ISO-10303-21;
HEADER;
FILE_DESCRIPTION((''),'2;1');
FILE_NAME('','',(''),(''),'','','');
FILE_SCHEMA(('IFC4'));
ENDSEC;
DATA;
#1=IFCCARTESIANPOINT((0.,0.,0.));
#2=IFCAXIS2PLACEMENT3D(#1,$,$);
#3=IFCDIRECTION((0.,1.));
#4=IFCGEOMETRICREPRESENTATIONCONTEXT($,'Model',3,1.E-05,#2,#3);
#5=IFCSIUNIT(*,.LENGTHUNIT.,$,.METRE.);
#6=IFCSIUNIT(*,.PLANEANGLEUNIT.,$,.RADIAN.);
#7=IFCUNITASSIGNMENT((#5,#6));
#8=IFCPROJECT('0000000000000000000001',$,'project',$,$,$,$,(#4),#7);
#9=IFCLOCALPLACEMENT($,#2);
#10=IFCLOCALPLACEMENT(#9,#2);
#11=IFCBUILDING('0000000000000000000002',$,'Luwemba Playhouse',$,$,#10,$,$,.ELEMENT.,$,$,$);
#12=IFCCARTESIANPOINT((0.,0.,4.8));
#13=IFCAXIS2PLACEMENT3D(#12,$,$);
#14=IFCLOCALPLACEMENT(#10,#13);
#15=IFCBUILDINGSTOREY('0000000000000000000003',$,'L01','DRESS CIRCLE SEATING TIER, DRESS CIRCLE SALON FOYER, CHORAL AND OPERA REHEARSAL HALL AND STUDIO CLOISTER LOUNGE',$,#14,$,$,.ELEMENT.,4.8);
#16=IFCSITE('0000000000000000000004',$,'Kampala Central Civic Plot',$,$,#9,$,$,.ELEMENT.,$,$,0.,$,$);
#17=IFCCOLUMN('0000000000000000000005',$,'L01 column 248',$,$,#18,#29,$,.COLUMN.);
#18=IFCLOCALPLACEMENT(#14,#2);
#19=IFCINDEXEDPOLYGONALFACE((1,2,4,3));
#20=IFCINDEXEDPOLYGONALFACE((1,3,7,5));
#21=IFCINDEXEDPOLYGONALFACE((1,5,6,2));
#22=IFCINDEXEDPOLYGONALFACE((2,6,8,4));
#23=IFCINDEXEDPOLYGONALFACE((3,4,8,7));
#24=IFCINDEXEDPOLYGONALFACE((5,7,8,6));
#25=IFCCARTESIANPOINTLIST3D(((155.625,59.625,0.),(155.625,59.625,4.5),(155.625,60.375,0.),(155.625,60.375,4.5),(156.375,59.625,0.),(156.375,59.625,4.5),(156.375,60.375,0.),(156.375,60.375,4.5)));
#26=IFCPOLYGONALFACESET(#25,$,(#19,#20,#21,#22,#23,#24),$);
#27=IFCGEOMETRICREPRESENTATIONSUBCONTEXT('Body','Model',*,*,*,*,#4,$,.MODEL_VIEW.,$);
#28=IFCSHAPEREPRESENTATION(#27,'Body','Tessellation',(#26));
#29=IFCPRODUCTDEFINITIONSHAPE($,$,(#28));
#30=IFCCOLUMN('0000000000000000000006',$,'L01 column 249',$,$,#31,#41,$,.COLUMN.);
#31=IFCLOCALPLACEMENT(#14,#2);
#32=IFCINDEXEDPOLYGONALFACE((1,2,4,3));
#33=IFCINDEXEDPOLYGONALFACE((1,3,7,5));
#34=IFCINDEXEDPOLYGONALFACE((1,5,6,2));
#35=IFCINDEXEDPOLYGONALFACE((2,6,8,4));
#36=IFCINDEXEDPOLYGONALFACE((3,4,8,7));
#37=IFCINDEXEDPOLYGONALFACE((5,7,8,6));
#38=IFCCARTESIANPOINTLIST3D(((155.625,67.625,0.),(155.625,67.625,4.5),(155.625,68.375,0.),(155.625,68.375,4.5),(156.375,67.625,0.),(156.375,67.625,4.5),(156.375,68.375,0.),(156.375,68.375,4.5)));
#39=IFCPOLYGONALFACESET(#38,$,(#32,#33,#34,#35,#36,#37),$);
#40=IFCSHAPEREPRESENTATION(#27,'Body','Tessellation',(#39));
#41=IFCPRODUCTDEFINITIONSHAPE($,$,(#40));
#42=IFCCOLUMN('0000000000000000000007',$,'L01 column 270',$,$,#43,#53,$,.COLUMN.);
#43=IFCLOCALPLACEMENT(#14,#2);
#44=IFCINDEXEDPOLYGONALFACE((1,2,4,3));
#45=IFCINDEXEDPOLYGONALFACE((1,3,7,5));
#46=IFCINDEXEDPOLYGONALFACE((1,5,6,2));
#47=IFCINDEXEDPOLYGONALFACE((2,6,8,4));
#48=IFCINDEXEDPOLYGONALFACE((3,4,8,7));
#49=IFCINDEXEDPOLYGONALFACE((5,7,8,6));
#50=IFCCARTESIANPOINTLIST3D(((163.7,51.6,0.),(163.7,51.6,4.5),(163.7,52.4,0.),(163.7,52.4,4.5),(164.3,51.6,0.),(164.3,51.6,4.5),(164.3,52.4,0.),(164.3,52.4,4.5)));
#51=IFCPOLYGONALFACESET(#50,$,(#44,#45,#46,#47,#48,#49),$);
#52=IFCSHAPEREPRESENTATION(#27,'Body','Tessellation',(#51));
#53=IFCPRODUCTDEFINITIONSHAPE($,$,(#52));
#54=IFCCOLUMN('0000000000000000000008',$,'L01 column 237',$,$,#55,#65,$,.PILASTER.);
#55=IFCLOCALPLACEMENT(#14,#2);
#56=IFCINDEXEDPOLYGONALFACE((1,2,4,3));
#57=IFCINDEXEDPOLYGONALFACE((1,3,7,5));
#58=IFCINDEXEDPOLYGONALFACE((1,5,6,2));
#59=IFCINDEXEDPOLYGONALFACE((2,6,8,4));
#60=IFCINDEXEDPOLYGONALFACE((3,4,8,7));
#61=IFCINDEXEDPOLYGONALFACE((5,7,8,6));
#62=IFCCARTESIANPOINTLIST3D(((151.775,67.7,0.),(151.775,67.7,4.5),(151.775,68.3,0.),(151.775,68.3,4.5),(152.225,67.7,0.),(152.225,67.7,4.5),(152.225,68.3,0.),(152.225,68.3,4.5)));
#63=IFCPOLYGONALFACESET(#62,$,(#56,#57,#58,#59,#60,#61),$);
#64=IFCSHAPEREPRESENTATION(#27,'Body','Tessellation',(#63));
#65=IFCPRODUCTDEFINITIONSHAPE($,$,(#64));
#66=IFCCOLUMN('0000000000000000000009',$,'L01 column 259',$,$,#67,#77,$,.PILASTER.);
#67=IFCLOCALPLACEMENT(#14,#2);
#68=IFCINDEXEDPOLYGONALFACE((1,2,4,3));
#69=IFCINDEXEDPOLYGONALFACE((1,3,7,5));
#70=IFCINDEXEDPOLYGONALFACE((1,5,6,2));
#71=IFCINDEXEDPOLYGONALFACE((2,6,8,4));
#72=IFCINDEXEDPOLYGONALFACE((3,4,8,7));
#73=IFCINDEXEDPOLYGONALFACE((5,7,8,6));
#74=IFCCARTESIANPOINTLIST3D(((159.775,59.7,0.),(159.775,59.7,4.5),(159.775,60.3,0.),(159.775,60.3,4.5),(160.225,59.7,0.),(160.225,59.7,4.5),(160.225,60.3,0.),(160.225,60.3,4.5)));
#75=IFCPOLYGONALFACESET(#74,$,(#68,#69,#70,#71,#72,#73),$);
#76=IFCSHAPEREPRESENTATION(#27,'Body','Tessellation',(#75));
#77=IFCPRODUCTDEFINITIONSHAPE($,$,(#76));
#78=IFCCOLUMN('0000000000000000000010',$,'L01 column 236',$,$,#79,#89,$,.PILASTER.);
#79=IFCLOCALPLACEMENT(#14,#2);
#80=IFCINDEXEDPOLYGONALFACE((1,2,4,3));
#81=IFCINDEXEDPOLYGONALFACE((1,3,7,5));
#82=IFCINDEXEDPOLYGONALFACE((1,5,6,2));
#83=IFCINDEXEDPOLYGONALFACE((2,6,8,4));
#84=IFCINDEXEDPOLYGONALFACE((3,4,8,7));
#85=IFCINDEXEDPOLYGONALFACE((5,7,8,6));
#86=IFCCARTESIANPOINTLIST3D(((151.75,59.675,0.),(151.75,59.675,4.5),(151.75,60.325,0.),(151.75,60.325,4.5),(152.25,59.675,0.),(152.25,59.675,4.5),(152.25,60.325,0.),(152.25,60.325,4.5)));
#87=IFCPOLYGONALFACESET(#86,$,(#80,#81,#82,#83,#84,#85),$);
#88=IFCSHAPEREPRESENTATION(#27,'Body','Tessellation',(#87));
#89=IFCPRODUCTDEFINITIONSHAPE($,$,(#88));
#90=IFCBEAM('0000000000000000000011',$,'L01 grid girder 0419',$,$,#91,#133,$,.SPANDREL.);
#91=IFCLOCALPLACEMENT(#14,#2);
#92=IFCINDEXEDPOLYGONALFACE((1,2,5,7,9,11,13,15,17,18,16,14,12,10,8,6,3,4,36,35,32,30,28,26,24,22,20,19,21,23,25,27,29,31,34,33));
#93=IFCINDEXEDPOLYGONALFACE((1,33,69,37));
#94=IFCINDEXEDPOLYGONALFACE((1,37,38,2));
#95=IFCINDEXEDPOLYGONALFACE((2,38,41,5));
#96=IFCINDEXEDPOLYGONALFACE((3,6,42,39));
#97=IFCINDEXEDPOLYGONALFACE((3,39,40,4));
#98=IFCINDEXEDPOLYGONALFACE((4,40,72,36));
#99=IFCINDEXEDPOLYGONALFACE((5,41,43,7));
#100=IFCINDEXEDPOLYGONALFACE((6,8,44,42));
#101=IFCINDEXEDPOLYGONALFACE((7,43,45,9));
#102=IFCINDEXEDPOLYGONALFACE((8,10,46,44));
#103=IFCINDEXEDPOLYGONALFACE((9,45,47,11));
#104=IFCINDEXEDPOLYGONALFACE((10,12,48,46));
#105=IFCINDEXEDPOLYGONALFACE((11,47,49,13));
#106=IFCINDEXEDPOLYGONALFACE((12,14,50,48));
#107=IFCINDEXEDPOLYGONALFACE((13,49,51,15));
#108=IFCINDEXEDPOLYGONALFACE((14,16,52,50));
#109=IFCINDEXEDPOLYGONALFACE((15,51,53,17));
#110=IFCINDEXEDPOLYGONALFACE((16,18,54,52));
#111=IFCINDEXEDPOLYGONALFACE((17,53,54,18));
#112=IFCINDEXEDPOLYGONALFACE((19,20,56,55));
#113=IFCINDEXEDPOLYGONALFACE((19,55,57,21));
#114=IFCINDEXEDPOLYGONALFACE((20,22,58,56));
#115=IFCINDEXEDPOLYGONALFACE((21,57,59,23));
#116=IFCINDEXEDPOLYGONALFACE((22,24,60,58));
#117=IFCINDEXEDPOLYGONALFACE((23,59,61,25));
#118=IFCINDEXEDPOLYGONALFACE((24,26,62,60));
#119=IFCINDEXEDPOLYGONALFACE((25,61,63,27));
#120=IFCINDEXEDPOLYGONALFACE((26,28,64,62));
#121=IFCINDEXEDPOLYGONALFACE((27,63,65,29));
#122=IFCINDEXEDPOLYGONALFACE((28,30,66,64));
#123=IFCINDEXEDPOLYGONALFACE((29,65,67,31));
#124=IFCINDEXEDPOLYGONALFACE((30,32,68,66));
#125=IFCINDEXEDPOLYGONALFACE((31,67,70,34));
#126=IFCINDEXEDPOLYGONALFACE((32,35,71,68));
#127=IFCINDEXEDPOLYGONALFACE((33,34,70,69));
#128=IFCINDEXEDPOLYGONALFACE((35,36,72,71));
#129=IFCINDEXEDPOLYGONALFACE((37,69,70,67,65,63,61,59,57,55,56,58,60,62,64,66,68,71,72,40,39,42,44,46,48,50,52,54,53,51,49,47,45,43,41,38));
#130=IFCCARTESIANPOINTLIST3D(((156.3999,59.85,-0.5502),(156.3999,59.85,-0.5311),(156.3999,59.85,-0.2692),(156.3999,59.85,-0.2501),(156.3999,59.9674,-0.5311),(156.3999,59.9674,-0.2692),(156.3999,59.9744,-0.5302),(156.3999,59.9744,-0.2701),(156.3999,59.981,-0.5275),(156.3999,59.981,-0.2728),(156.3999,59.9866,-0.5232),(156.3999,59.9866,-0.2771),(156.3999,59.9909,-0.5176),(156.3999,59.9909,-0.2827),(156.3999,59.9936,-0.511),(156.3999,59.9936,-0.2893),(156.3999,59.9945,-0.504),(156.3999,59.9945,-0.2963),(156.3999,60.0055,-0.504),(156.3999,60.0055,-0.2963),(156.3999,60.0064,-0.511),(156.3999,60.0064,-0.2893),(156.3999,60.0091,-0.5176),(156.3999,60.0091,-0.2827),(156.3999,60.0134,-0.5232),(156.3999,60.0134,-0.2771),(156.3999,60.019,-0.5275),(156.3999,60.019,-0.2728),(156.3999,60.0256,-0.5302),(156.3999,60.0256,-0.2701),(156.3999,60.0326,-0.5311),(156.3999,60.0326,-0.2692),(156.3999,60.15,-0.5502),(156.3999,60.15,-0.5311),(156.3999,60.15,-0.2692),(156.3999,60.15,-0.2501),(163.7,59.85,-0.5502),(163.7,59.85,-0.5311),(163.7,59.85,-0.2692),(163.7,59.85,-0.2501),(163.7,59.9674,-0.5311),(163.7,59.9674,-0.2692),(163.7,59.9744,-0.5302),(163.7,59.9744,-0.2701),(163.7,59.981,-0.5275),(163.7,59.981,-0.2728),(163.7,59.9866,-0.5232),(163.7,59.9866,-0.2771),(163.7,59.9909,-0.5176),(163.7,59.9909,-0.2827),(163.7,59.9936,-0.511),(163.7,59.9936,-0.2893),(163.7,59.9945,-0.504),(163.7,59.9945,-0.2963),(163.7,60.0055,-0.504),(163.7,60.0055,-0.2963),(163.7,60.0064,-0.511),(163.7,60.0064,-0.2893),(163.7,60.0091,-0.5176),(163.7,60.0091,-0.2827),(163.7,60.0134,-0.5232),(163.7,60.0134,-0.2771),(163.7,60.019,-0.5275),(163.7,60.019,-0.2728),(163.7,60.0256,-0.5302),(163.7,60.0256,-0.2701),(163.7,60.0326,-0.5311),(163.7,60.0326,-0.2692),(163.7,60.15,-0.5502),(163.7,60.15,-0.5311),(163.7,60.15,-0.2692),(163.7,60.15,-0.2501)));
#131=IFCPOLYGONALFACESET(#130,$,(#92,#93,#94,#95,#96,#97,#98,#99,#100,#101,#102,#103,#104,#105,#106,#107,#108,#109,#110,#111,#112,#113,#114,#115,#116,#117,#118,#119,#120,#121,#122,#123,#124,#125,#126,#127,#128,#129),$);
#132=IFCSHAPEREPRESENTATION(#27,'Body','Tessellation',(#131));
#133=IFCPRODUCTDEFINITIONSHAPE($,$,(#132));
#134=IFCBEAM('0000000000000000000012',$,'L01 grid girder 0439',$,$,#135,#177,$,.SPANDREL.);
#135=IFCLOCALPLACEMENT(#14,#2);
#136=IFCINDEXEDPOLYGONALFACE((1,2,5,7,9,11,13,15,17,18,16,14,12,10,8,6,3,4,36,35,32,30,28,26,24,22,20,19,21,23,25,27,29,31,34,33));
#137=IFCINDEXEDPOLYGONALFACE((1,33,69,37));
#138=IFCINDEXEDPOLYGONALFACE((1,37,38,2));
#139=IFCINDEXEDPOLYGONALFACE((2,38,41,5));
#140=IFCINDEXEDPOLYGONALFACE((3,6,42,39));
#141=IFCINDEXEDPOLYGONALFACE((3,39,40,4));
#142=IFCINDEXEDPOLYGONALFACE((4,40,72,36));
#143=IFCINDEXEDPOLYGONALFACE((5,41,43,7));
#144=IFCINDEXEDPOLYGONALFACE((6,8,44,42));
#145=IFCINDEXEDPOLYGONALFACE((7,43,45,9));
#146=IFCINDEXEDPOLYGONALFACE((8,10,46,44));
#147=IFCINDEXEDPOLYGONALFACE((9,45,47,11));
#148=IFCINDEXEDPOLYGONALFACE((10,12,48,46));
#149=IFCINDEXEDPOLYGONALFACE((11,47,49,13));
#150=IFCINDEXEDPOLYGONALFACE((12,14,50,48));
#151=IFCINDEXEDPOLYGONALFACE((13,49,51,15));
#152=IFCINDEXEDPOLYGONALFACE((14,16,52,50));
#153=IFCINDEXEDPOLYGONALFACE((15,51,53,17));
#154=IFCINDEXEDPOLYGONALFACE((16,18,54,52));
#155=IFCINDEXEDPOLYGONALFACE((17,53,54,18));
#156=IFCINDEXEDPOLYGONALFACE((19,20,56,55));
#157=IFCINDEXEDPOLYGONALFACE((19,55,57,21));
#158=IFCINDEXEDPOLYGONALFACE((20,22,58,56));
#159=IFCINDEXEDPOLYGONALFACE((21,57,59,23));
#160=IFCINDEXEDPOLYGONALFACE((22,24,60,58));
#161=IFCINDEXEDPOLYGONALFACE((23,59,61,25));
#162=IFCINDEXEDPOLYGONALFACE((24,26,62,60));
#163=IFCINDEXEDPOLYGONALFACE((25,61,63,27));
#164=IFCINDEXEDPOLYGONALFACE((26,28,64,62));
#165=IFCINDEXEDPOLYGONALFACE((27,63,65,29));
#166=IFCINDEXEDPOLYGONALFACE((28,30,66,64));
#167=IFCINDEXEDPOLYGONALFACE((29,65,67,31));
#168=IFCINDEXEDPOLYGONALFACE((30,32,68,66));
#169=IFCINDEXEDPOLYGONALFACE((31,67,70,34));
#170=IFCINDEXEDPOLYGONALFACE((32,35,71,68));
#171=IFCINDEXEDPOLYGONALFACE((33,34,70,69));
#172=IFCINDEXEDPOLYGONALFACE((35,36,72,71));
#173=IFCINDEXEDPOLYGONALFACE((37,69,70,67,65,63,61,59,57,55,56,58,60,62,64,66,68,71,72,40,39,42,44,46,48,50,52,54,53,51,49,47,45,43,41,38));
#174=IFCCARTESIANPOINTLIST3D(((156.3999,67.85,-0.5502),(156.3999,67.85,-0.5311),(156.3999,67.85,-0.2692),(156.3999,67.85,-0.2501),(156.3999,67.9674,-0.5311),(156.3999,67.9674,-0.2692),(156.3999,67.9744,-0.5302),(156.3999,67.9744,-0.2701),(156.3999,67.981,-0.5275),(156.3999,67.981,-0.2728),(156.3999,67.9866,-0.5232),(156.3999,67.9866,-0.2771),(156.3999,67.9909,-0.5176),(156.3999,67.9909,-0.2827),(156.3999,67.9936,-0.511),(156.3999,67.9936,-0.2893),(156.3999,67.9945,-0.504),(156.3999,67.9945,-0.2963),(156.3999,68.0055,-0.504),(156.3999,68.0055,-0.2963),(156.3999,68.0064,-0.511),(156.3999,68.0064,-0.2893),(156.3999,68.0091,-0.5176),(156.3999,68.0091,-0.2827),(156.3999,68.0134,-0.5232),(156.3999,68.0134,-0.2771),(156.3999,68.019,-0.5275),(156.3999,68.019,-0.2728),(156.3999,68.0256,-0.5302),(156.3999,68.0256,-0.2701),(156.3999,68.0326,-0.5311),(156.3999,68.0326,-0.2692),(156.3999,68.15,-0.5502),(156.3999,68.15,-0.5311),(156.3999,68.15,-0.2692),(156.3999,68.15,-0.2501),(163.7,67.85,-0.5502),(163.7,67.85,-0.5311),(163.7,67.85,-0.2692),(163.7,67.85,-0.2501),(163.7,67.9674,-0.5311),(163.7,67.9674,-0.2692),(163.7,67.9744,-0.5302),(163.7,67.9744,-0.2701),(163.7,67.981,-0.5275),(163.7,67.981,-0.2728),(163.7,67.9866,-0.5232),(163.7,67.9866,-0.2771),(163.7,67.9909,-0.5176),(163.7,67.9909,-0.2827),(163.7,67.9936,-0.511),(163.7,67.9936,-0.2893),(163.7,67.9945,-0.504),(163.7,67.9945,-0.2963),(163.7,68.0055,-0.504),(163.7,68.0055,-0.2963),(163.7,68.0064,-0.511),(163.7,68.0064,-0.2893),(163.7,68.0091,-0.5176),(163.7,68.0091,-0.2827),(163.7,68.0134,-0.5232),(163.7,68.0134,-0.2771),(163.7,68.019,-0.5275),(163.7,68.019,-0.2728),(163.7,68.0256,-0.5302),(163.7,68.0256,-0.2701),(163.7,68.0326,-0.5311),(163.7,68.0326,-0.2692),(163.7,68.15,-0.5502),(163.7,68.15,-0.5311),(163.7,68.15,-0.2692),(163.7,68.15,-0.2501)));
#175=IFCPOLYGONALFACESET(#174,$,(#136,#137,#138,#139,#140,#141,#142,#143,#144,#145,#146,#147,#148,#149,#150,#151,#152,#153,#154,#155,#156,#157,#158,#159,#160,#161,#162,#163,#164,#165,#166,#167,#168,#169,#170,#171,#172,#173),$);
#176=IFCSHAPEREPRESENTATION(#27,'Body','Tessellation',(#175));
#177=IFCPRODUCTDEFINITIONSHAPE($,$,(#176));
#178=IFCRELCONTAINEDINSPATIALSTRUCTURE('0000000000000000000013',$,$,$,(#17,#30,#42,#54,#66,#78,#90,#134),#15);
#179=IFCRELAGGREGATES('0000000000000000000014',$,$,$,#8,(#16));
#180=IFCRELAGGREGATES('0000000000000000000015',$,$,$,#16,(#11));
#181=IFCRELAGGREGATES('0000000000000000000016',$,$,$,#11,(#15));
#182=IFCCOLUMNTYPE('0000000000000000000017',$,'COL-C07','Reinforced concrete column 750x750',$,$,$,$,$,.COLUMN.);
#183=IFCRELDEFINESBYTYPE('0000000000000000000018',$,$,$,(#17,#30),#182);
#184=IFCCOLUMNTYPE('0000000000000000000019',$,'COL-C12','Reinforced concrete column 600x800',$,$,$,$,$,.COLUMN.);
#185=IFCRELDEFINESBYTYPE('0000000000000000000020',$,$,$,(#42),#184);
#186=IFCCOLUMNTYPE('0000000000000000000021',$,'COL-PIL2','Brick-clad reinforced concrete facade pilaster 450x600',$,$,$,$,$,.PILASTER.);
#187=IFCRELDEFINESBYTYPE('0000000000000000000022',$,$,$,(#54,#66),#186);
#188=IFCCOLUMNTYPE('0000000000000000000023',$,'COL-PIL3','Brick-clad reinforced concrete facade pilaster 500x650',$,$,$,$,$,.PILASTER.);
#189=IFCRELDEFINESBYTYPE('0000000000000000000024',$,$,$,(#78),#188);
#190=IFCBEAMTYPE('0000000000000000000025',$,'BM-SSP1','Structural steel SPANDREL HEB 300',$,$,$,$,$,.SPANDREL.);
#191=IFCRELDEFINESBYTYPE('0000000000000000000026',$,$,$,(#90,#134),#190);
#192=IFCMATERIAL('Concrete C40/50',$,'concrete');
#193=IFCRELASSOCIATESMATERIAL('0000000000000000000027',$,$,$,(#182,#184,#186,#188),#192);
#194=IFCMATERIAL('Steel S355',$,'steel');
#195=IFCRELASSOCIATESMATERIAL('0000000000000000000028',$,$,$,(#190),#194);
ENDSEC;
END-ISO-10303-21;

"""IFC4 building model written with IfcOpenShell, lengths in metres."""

from ifc_helpers import new_model, si_unit, direction, frame, origin, origin_2d, place, context, subcontext, project, spatial, rectangle, i_section, extrude, material, material_profile, profile_set, type_object, element, save


model = new_model("IFC4")

# Units and contexts
model_context = context("Model", 3, precision=1e-05, world=origin(), true_north=direction((0.0, 1.0)))
body_context = subcontext(model_context, "Body", "Model", "MODEL_VIEW")
ifc_project = project(units=[si_unit("LENGTHUNIT", "METRE"), si_unit("PLANEANGLEUNIT", "RADIAN")], contexts=[model_context])

# Site, building, storey
site_placement = place(None, origin())
site = spatial("IfcSite", under=ifc_project, at=site_placement, Name="Kampala Central Civic Plot", CompositionType="ELEMENT", RefElevation=0.0)
building_placement = place(site_placement, origin())
building = spatial("IfcBuilding", under=site, at=building_placement, Name="Luwemba Playhouse", CompositionType="ELEMENT")
storey_placement = place(building_placement, frame((0.0, 0.0, 4.8)))
storey = spatial("IfcBuildingStorey", under=building, at=storey_placement, Name="L01", Description="DRESS CIRCLE SEATING TIER, DRESS CIRCLE SALON FOYER, CHORAL AND OPERA REHEARSAL HALL AND STUDIO CLOISTER LOUNGE", CompositionType="ELEMENT", Elevation=4.8)

# Columns
ifc_material_1 = material(Name="Concrete C40/50", Category="concrete")
ifc_material_profile_1 = material_profile(ifc_material_1, rectangle(XDim=0.75, YDim=0.75, at=origin_2d()))
ifc_profile_set_1 = profile_set([ifc_material_profile_1], Name="Concrete C40/50")
column_type_1 = type_object("IfcColumnType", Name="COL-C07", Description="Reinforced concrete column 750x750", PredefinedType="COLUMN", material=ifc_profile_set_1)
for number, where, z_axis, x_axis, name in (
    (1, (156.0, 60.0, 0.0), (0.0, 0.0, 1.0), (1.0, 0.0, 0.0), "L01 column 248"),
    (2, (156.0, 68.0, 0.0), (0.0, 0.0, 1.0), (1.0, 0.0, 0.0), "L01 column 249"),
):
    element("IfcColumn", number, at=place(storey_placement, frame(where, z_axis=z_axis, x_axis=x_axis)), inside=storey, type_object=column_type_1, Name=name, PredefinedType="COLUMN", context=body_context, shape_type="SweptSolid", body=[
        extrude(rectangle(XDim=0.75, YDim=0.75, at=origin_2d()), origin(), (0.0, 0.0, 1.0), 4.5),
    ])
ifc_material_profile_2 = material_profile(ifc_material_1, rectangle(XDim=0.6001, YDim=0.8, at=origin_2d()))
ifc_profile_set_2 = profile_set([ifc_material_profile_2], Name="Concrete C40/50")
column_type_2 = type_object("IfcColumnType", Name="COL-C12", Description="Reinforced concrete column 600x800", PredefinedType="COLUMN", material=ifc_profile_set_2)
column_1_placement = place(storey_placement, frame((164.0, 52.0, 0.0), z_axis=(0.0, 0.0, 1.0), x_axis=(1.0, 0.0, 0.0)))
element("IfcColumn", 3, at=column_1_placement, inside=storey, type_object=column_type_2, Name="L01 column 270", PredefinedType="COLUMN", context=body_context, shape_type="SweptSolid", body=[
    extrude(rectangle(XDim=0.6001, YDim=0.8, at=origin_2d()), origin(), (0.0, 0.0, 1.0), 4.5),
])
ifc_material_profile_3 = material_profile(ifc_material_1, rectangle(XDim=0.45, YDim=0.6001, at=origin_2d()))
ifc_profile_set_3 = profile_set([ifc_material_profile_3], Name="Concrete C40/50")
column_type_3 = type_object("IfcColumnType", Name="COL-PIL2", Description="Brick-clad reinforced concrete facade pilaster 450x600", PredefinedType="PILASTER", material=ifc_profile_set_3)
for number, where, z_axis, x_axis, name in (
    (4, (152.0, 68.0, 0.0), (0.0, 0.0, 1.0), (1.0, 0.0, 0.0), "L01 column 237"),
    (5, (160.0, 60.0, 0.0), (0.0, 0.0, 1.0), (1.0, 0.0, 0.0), "L01 column 259"),
):
    element("IfcColumn", number, at=place(storey_placement, frame(where, z_axis=z_axis, x_axis=x_axis)), inside=storey, type_object=column_type_3, Name=name, PredefinedType="PILASTER", context=body_context, shape_type="SweptSolid", body=[
        extrude(rectangle(XDim=0.45, YDim=0.6001, at=origin_2d()), origin(), (0.0, 0.0, 1.0), 4.5),
    ])
ifc_material_profile_4 = material_profile(ifc_material_1, rectangle(XDim=0.5, YDim=0.6499, at=origin_2d()))
ifc_profile_set_4 = profile_set([ifc_material_profile_4], Name="Concrete C40/50")
column_type_4 = type_object("IfcColumnType", Name="COL-PIL3", Description="Brick-clad reinforced concrete facade pilaster 500x650", PredefinedType="PILASTER", material=ifc_profile_set_4)
column_2_placement = place(storey_placement, frame((152.0, 60.0, 0.0), z_axis=(0.0, 0.0, 1.0), x_axis=(1.0, 0.0, 0.0)))
element("IfcColumn", 6, at=column_2_placement, inside=storey, type_object=column_type_4, Name="L01 column 236", PredefinedType="PILASTER", context=body_context, shape_type="SweptSolid", body=[
    extrude(rectangle(XDim=0.5, YDim=0.6499, at=origin_2d()), origin(), (0.0, 0.0, 1.0), 4.5),
])

# Beams
ifc_material_2 = material(Name="Steel S355", Category="steel")
ifc_material_profile_5 = material_profile(ifc_material_2, i_section(OverallWidth=0.3, OverallDepth=0.3, WebThickness=0.011, FlangeThickness=0.019, FilletRadius=0.0271, at=origin_2d()))
ifc_profile_set_5 = profile_set([ifc_material_profile_5], Name="Steel S355")
beam_type = type_object("IfcBeamType", Name="BM-SSP1", Description="Structural steel SPANDREL HEB 300", PredefinedType="SPANDREL", material=ifc_profile_set_5)
for number, where, z_axis, x_axis, name in (
    (7, (156.3999, 60.0, -0.4001), (1.0, 0.0, 0.0), (0.0, 1.0, 0.0), "L01 grid girder 0419"),
    (8, (156.3999, 68.0, -0.4001), (1.0, 0.0, 0.0), (0.0, 1.0, 0.0), "L01 grid girder 0439"),
):
    element("IfcBeam", number, at=place(storey_placement, frame(where, z_axis=z_axis, x_axis=x_axis)), inside=storey, type_object=beam_type, Name=name, PredefinedType="SPANDREL", context=body_context, shape_type="SweptSolid", body=[
        extrude(i_section(OverallWidth=0.3, OverallDepth=0.3, WebThickness=0.011, FlangeThickness=0.019, FilletRadius=0.0271, at=origin_2d()), origin(), (0.0, 0.0, 1.0), 7.3),
    ])

save(model, "model.ifc")
